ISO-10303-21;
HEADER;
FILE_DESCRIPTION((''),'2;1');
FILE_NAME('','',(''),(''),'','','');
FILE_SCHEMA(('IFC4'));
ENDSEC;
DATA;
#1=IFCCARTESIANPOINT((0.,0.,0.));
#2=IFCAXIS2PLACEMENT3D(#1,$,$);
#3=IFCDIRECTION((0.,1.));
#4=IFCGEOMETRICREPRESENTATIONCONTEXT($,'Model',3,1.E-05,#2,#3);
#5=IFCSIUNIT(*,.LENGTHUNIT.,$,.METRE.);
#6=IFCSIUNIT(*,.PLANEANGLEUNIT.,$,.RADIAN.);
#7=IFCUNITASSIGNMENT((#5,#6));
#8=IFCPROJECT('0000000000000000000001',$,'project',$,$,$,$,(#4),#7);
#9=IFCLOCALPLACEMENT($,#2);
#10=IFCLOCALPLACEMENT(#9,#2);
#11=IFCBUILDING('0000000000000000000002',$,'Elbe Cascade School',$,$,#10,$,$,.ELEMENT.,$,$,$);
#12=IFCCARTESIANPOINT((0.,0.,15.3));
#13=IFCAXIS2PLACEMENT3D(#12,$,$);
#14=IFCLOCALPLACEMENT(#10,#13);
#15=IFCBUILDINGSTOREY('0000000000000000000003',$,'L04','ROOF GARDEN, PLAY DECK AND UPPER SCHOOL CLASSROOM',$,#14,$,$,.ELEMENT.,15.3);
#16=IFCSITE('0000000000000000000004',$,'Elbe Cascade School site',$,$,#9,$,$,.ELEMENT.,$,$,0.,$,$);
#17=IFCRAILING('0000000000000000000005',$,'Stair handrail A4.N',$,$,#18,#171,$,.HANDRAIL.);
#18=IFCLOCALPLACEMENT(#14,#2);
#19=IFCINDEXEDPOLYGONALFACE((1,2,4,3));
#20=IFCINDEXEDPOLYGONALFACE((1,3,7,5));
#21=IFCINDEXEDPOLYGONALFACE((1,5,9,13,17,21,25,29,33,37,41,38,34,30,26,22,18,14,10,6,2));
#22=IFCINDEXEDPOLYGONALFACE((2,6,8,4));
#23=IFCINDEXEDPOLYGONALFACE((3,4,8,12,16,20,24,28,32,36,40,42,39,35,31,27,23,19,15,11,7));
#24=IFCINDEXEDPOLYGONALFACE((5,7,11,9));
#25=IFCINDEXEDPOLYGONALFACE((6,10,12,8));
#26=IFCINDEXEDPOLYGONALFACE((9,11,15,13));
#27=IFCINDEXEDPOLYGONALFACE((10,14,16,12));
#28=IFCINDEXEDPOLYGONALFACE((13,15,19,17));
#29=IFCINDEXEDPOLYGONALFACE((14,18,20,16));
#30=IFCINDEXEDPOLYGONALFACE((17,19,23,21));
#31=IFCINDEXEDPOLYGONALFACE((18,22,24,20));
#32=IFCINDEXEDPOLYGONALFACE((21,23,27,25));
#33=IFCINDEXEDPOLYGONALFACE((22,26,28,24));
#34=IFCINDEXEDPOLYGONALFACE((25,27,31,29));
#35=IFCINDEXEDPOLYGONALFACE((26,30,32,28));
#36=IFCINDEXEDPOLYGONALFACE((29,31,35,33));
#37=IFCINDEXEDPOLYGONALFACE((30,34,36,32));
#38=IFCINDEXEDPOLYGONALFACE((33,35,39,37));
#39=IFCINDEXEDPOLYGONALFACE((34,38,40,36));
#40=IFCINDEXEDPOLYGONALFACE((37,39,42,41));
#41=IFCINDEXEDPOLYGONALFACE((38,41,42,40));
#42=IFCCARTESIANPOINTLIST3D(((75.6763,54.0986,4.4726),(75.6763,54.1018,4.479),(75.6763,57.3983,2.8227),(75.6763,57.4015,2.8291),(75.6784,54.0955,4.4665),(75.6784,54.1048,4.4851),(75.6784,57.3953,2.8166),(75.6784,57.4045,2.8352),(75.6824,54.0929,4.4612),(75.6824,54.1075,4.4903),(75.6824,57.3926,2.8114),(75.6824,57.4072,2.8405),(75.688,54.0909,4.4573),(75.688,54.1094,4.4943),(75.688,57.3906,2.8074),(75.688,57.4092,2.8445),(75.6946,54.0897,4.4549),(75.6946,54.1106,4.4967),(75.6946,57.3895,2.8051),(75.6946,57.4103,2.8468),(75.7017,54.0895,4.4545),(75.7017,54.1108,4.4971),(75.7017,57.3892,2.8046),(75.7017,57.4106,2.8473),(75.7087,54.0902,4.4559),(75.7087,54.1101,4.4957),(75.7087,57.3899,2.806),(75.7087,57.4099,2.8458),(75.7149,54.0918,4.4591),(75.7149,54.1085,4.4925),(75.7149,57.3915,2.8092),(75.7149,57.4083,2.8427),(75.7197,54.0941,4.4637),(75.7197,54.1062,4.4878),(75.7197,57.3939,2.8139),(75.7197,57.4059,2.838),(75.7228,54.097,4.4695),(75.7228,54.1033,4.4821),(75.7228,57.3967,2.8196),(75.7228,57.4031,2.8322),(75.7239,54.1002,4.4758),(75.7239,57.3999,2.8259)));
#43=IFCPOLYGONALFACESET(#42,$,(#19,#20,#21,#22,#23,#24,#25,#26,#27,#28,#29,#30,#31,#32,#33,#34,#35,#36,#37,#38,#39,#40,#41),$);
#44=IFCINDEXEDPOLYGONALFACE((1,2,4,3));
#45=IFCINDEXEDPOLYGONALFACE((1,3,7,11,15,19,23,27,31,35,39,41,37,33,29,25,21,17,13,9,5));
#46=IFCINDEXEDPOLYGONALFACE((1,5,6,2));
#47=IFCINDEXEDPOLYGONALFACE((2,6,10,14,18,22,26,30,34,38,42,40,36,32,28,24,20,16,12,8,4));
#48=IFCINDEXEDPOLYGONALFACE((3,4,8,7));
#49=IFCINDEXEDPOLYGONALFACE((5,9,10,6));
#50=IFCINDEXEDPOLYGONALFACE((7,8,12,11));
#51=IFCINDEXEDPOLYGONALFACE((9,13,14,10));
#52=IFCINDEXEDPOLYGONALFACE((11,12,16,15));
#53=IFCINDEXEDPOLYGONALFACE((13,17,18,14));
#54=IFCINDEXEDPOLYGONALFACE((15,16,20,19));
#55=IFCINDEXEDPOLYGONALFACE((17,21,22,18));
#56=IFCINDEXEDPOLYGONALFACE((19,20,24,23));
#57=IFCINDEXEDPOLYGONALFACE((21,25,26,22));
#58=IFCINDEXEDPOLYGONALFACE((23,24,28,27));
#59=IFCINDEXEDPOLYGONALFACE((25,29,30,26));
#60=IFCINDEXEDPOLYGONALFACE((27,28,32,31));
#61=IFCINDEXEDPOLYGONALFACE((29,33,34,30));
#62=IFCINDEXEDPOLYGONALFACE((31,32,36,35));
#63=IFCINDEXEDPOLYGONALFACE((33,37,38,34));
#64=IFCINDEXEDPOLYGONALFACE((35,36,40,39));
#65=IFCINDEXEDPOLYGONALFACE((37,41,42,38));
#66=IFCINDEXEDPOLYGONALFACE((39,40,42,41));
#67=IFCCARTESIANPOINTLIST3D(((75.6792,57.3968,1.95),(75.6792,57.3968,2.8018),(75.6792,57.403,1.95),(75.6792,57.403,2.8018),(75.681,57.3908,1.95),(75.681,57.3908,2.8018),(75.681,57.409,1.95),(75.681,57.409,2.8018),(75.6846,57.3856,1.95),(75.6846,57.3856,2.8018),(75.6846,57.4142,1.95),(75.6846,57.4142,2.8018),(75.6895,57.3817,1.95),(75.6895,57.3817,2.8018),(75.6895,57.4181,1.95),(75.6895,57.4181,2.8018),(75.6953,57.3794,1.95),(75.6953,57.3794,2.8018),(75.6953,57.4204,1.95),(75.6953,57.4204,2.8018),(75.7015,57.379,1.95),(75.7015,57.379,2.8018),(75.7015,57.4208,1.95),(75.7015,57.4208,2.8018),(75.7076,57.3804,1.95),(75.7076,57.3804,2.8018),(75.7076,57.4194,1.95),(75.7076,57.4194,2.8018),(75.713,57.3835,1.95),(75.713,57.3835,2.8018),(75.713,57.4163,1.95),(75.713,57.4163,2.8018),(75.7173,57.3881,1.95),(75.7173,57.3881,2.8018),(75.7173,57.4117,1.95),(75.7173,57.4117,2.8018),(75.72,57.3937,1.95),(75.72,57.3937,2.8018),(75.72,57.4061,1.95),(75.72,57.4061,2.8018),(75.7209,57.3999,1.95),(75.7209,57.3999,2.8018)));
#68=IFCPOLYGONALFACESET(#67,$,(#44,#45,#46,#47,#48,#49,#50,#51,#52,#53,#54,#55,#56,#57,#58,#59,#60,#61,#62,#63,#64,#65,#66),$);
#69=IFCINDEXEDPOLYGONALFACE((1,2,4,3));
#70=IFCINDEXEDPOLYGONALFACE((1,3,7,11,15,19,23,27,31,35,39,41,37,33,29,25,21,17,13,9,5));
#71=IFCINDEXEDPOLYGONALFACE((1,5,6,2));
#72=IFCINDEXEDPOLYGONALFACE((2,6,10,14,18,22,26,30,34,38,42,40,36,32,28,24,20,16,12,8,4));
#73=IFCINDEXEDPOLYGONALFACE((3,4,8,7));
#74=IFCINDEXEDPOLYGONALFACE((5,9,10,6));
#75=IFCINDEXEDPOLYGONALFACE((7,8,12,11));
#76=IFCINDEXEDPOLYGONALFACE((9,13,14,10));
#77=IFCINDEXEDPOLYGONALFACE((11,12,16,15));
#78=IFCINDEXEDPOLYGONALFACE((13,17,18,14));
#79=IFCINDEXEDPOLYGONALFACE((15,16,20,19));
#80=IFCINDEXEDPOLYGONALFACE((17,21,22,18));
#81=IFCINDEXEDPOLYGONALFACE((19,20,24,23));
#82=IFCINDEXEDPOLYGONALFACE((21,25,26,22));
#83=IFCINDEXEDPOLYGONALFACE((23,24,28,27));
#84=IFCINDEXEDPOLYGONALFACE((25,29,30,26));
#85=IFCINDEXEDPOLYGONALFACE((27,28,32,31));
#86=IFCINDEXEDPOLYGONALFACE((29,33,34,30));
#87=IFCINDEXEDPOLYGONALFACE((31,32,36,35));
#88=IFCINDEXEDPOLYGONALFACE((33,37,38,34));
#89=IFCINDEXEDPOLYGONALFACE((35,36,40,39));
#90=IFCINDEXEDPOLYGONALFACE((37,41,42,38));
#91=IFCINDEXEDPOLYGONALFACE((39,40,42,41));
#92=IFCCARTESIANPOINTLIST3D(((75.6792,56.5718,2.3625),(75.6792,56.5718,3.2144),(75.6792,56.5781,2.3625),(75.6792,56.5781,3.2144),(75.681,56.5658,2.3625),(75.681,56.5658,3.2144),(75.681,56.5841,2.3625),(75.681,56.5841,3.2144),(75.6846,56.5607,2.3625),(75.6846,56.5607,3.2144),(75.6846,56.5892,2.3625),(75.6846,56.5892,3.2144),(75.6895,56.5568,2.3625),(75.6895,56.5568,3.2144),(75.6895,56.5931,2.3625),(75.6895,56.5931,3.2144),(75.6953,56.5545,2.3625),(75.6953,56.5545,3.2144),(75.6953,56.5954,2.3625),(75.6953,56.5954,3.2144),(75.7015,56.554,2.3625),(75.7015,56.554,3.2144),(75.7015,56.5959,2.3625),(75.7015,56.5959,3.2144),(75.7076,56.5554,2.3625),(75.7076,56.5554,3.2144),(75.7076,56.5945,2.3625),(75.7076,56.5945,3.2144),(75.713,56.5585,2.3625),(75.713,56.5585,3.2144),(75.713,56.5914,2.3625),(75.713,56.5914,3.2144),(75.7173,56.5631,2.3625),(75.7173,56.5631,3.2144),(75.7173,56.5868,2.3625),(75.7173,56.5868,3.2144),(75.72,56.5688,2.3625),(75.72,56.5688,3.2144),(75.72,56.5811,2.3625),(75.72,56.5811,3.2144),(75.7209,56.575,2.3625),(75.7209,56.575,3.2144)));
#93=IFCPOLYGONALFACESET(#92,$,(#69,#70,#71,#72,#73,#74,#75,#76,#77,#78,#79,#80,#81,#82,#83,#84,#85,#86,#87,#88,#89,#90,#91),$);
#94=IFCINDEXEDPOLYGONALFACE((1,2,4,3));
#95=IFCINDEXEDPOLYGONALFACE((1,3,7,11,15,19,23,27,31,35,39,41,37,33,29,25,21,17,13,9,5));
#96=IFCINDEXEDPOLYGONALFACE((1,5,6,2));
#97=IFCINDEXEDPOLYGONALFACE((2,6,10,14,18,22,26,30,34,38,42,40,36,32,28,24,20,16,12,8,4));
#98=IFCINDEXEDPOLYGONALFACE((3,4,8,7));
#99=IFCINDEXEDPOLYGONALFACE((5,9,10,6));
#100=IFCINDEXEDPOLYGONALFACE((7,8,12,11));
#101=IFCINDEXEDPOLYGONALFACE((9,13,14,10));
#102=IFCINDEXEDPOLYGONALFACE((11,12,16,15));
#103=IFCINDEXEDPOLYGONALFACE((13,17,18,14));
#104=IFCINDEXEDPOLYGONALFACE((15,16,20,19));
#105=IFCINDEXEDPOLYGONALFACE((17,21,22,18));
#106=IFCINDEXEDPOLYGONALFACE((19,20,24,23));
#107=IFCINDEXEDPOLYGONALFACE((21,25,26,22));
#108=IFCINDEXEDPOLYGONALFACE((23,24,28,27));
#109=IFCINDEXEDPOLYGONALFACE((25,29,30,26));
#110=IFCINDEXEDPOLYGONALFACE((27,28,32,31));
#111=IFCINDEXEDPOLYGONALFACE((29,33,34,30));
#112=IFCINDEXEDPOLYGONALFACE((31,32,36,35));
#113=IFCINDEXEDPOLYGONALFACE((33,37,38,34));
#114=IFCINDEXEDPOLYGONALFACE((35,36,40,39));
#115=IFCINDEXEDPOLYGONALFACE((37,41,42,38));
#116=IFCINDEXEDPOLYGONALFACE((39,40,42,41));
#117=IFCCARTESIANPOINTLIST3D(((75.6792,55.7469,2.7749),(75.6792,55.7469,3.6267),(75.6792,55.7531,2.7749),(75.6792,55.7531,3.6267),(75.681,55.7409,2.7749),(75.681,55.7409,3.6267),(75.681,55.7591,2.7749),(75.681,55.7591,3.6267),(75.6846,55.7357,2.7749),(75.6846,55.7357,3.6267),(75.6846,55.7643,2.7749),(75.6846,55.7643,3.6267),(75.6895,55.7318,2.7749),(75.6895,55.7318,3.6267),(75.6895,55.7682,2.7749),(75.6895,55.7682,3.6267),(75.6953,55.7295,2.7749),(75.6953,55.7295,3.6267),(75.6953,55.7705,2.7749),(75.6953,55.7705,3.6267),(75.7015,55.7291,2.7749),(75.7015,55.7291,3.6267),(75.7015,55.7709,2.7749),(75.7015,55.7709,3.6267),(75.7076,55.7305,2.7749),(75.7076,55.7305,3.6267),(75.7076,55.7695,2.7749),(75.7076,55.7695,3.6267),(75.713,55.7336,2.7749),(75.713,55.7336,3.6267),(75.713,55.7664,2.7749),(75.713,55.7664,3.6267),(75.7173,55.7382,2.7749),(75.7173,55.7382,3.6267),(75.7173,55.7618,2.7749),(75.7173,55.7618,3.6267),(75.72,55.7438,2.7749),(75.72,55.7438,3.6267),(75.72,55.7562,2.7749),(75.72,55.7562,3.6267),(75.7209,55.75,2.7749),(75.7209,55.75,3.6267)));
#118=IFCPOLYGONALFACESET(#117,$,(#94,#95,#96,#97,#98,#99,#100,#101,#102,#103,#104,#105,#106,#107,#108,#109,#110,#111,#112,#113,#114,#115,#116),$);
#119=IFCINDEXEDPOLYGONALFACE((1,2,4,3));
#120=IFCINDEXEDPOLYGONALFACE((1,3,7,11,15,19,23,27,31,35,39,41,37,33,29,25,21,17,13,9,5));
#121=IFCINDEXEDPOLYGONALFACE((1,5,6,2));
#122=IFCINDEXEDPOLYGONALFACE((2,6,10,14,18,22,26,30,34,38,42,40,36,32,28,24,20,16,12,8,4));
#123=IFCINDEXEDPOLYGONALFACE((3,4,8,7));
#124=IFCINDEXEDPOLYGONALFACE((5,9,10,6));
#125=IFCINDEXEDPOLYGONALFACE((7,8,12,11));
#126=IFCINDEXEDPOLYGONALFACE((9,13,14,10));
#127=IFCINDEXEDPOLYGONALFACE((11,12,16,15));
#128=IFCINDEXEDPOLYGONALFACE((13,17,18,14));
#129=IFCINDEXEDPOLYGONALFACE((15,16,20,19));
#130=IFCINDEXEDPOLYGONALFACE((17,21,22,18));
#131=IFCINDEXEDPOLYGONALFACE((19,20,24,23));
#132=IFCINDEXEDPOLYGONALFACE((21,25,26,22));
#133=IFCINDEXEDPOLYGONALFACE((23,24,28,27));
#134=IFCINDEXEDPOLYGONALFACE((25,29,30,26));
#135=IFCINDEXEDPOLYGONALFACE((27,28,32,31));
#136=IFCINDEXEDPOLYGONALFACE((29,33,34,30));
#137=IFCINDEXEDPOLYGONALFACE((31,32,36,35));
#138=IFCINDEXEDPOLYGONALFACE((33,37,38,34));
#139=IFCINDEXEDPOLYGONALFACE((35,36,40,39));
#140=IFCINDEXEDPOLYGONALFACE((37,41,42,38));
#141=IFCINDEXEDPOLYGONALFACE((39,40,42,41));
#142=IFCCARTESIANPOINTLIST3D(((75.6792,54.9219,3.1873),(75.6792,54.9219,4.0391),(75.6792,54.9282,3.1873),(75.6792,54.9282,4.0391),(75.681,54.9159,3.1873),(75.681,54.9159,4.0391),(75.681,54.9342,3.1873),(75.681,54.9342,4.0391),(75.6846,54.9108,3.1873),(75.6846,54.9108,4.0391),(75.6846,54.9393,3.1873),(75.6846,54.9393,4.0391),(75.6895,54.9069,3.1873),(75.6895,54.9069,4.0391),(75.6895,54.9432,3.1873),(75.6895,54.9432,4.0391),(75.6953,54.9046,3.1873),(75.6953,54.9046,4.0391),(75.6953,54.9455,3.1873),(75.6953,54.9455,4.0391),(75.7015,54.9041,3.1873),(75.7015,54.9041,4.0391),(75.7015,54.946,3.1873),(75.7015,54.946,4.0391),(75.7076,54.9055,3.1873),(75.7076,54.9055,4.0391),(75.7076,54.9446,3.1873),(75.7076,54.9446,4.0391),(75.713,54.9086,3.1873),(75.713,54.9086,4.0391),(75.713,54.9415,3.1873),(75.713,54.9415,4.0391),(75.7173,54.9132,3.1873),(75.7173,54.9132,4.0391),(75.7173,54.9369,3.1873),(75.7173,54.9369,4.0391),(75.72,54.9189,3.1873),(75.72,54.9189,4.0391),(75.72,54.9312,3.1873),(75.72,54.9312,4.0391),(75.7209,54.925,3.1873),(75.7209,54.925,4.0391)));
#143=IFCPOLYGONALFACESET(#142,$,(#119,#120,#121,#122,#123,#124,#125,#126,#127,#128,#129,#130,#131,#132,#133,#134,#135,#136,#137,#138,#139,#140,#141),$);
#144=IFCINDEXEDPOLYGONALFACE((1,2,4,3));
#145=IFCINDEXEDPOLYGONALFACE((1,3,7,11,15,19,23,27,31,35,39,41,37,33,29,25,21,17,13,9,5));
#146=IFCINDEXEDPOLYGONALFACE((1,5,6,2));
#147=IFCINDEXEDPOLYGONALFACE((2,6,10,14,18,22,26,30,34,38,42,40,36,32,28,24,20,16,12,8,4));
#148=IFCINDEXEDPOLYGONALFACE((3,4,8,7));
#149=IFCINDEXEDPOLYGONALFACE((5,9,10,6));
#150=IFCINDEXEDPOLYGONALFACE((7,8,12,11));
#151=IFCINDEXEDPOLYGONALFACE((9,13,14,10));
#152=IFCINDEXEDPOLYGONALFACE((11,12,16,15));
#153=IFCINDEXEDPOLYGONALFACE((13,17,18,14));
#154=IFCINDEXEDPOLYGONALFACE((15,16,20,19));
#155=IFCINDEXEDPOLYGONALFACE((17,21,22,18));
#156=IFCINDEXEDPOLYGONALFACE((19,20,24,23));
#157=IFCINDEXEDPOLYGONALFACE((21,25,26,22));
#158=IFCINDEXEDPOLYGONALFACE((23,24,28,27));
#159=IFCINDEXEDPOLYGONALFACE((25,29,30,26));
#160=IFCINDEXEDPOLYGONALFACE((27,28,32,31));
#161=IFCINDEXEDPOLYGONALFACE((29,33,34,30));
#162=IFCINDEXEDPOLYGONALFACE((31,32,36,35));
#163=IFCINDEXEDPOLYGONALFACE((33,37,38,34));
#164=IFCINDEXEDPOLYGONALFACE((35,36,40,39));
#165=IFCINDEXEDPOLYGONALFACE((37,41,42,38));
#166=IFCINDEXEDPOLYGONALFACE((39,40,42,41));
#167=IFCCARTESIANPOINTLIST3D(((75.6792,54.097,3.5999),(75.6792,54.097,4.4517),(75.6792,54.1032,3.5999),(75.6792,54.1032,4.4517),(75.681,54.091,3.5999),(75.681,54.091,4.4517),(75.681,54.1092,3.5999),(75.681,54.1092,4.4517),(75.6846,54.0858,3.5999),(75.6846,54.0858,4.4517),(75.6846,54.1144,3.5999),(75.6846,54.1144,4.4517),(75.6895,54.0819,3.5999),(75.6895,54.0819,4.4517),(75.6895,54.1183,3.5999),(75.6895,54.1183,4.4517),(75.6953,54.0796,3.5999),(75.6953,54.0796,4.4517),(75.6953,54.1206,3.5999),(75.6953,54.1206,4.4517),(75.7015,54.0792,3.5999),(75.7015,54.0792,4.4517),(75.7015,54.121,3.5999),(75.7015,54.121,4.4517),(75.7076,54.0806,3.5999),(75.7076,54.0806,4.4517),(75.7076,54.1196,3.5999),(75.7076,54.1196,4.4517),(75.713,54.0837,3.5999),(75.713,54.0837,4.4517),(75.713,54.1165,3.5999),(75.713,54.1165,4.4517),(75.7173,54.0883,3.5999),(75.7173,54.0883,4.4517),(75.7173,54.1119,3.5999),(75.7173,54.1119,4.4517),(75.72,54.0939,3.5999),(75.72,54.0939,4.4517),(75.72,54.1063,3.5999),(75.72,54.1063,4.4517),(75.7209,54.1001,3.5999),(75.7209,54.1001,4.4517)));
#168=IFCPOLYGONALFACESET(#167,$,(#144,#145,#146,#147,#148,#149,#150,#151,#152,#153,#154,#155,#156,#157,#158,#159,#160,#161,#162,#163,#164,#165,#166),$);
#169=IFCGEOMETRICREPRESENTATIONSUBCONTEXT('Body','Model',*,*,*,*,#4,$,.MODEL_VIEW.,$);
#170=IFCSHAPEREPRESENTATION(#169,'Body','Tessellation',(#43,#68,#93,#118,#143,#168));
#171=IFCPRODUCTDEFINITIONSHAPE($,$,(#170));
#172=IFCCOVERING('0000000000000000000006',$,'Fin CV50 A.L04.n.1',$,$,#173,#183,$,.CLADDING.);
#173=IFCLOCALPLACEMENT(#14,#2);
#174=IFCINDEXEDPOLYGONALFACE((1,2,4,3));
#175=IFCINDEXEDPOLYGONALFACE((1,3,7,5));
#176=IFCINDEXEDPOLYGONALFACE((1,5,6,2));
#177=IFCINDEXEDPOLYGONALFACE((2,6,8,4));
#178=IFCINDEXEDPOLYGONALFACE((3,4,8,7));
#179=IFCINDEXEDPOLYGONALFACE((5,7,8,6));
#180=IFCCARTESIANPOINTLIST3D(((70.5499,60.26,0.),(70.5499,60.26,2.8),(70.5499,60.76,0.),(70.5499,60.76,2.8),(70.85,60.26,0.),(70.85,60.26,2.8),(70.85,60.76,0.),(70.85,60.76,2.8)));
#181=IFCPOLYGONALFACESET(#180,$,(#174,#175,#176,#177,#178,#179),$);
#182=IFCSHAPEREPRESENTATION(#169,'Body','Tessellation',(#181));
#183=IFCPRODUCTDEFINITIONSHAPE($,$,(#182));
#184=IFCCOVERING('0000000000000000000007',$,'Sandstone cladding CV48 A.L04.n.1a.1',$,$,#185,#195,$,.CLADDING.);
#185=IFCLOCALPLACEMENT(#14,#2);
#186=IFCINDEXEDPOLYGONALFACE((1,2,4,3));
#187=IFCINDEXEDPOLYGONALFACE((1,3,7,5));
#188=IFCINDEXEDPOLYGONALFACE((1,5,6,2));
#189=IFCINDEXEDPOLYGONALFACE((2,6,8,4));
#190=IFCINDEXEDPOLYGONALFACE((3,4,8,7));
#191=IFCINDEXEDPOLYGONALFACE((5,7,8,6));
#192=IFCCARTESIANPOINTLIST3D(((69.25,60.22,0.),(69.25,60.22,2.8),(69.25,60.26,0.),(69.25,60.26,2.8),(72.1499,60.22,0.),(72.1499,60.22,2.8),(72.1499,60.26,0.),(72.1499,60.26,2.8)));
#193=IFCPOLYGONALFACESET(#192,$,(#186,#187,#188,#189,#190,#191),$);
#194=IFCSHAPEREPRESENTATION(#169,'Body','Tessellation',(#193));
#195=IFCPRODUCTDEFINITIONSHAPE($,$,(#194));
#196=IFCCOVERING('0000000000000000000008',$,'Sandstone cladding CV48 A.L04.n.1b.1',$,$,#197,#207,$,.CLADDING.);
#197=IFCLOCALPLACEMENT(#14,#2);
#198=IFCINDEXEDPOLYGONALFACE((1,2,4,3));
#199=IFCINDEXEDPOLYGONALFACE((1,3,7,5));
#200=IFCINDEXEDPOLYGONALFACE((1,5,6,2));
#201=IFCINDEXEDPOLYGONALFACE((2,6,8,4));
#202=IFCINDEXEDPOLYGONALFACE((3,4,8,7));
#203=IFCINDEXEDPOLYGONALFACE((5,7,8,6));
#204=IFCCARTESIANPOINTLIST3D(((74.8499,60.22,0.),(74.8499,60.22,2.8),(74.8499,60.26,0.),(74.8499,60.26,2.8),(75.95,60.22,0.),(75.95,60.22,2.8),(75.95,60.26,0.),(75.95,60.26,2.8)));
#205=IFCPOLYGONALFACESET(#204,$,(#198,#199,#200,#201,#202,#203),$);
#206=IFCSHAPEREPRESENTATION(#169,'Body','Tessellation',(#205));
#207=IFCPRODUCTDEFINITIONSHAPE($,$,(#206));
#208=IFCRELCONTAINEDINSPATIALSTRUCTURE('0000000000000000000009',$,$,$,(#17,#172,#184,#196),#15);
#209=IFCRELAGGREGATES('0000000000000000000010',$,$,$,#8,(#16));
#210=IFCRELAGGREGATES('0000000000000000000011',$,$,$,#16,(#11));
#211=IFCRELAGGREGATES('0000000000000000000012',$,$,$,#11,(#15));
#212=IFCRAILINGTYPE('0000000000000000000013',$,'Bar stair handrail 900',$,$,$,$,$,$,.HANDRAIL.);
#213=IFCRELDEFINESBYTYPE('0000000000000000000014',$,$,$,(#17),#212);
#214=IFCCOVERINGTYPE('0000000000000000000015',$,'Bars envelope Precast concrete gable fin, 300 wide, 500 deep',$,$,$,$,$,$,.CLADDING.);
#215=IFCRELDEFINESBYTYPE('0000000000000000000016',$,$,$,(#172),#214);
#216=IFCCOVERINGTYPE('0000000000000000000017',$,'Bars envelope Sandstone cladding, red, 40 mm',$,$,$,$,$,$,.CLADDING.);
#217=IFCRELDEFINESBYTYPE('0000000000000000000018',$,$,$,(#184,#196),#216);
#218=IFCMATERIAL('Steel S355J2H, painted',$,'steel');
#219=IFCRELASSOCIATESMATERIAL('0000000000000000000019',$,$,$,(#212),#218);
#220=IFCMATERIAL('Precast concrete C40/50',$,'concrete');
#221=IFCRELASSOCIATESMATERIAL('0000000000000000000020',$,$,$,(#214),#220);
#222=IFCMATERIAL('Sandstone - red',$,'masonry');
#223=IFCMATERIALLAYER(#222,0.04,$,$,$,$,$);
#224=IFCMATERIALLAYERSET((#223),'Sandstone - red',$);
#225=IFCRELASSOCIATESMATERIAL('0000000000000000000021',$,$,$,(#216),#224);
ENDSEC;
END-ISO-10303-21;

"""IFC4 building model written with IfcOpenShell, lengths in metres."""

from ifc_helpers import new_model, si_unit, direction, frame, origin, origin_2d, place, context, subcontext, project, spatial, rectangle, circle, extrude, material, layer, layer_set, type_object, element, save


model = new_model("IFC4")

# Units and contexts
model_context = context("Model", 3, precision=1e-05, world=origin(), true_north=direction((0.0, 1.0)))
body_context = subcontext(model_context, "Body", "Model", "MODEL_VIEW")
ifc_project = project(units=[si_unit("LENGTHUNIT", "METRE"), si_unit("PLANEANGLEUNIT", "RADIAN")], contexts=[model_context])

# Site, building, storey
site_placement = place(None, origin())
site = spatial("IfcSite", under=ifc_project, at=site_placement, Name="Elbe Cascade School site", CompositionType="ELEMENT", RefElevation=0.0)
building_placement = place(site_placement, origin())
building = spatial("IfcBuilding", under=site, at=building_placement, Name="Elbe Cascade School", CompositionType="ELEMENT")
storey_placement = place(building_placement, frame((0.0, 0.0, 15.3)))
storey = spatial("IfcBuildingStorey", under=building, at=storey_placement, Name="L04", Description="ROOF GARDEN, PLAY DECK AND UPPER SCHOOL CLASSROOM", CompositionType="ELEMENT", Elevation=15.3)

# Railing
ifc_material_1 = material(Name="Steel S355J2H, painted", Category="steel")
railing_type_1 = type_object("IfcRailingType", Name="Bar stair handrail 900", PredefinedType="HANDRAIL", material=ifc_material_1)
railing_1_placement = place(storey_placement, frame((75.7, 57.3999, 1.95)))
element("IfcRailing", 1, at=railing_1_placement, inside=storey, type_object=railing_type_1, Name="Stair handrail A4.N", PredefinedType="HANDRAIL", context=body_context, shape_type="SweptSolid", body=[
    extrude(circle(Radius=0.0239, at=origin_2d()), frame((0.0, 0.0, 0.876), z_axis=(0.0, -0.894427, 0.447214), x_axis=(1.0, 0.0, 0.0)), (0.0, 0.0, 1.0), 3.6892),
    extrude(circle(Radius=0.021, at=origin_2d()), origin(), (0.0, 0.0, 1.0), 0.8518),
    extrude(circle(Radius=0.021, at=origin_2d()), frame((0.0, -0.825, 0.4126)), (0.0, 0.0, 1.0), 0.8518),
    extrude(circle(Radius=0.021, at=origin_2d()), frame((0.0, -1.6499, 0.825)), (0.0, 0.0, 1.0), 0.8518),
    extrude(circle(Radius=0.021, at=origin_2d()), frame((0.0, -2.4749, 1.2373)), (0.0, 0.0, 1.0), 0.8518),
    extrude(circle(Radius=0.021, at=origin_2d()), frame((0.0, -3.2998, 1.6499)), (0.0, 0.0, 1.0), 0.8518),
])

# Coverings
ifc_material_2 = material(Name="Precast concrete C40/50", Category="concrete")
covering_type_1 = type_object("IfcCoveringType", Name="Bars envelope Precast concrete gable fin, 300 wide, 500 deep", PredefinedType="CLADDING", material=ifc_material_2)
covering_1_placement = place(storey_placement, frame((70.7, 60.51, 0.0), z_axis=(0.0, 0.0, 1.0), x_axis=(1.0, 0.0, 0.0)))
element("IfcCovering", 2, at=covering_1_placement, inside=storey, type_object=covering_type_1, Name="Fin CV50 A.L04.n.1", PredefinedType="CLADDING", context=body_context, shape_type="SweptSolid", body=[
    extrude(rectangle(XDim=0.3, YDim=0.5, at=origin_2d()), origin(), (0.0, 0.0, 1.0), 2.8),
])
ifc_material_3 = material(Name="Sandstone - red", Category="masonry")
ifc_layer_1 = layer(ifc_material_3, 0.04)
ifc_layer_set_1 = layer_set([ifc_layer_1], Name="Sandstone - red")
covering_type_2 = type_object("IfcCoveringType", Name="Bars envelope Sandstone cladding, red, 40 mm", PredefinedType="CLADDING", material=ifc_layer_set_1)
covering_2_placement = place(storey_placement, frame((70.7, 60.24, 0.0), z_axis=(0.0, 0.0, 1.0), x_axis=(1.0, 0.0, 0.0)))
element("IfcCovering", 3, at=covering_2_placement, inside=storey, type_object=covering_type_2, Name="Sandstone cladding CV48 A.L04.n.1a.1", PredefinedType="CLADDING", context=body_context, shape_type="SweptSolid", body=[
    extrude(rectangle(XDim=2.8999, YDim=0.04, at=origin_2d()), origin(), (0.0, 0.0, 1.0), 2.8),
])
covering_3_placement = place(storey_placement, frame((75.3999, 60.24, 0.0), z_axis=(0.0, 0.0, 1.0), x_axis=(1.0, 0.0, 0.0)))
element("IfcCovering", 4, at=covering_3_placement, inside=storey, type_object=covering_type_2, Name="Sandstone cladding CV48 A.L04.n.1b.1", PredefinedType="CLADDING", context=body_context, shape_type="SweptSolid", body=[
    extrude(rectangle(XDim=1.1001, YDim=0.04, at=origin_2d()), origin(), (0.0, 0.0, 1.0), 2.8),
])

save(model, "model.ifc")
